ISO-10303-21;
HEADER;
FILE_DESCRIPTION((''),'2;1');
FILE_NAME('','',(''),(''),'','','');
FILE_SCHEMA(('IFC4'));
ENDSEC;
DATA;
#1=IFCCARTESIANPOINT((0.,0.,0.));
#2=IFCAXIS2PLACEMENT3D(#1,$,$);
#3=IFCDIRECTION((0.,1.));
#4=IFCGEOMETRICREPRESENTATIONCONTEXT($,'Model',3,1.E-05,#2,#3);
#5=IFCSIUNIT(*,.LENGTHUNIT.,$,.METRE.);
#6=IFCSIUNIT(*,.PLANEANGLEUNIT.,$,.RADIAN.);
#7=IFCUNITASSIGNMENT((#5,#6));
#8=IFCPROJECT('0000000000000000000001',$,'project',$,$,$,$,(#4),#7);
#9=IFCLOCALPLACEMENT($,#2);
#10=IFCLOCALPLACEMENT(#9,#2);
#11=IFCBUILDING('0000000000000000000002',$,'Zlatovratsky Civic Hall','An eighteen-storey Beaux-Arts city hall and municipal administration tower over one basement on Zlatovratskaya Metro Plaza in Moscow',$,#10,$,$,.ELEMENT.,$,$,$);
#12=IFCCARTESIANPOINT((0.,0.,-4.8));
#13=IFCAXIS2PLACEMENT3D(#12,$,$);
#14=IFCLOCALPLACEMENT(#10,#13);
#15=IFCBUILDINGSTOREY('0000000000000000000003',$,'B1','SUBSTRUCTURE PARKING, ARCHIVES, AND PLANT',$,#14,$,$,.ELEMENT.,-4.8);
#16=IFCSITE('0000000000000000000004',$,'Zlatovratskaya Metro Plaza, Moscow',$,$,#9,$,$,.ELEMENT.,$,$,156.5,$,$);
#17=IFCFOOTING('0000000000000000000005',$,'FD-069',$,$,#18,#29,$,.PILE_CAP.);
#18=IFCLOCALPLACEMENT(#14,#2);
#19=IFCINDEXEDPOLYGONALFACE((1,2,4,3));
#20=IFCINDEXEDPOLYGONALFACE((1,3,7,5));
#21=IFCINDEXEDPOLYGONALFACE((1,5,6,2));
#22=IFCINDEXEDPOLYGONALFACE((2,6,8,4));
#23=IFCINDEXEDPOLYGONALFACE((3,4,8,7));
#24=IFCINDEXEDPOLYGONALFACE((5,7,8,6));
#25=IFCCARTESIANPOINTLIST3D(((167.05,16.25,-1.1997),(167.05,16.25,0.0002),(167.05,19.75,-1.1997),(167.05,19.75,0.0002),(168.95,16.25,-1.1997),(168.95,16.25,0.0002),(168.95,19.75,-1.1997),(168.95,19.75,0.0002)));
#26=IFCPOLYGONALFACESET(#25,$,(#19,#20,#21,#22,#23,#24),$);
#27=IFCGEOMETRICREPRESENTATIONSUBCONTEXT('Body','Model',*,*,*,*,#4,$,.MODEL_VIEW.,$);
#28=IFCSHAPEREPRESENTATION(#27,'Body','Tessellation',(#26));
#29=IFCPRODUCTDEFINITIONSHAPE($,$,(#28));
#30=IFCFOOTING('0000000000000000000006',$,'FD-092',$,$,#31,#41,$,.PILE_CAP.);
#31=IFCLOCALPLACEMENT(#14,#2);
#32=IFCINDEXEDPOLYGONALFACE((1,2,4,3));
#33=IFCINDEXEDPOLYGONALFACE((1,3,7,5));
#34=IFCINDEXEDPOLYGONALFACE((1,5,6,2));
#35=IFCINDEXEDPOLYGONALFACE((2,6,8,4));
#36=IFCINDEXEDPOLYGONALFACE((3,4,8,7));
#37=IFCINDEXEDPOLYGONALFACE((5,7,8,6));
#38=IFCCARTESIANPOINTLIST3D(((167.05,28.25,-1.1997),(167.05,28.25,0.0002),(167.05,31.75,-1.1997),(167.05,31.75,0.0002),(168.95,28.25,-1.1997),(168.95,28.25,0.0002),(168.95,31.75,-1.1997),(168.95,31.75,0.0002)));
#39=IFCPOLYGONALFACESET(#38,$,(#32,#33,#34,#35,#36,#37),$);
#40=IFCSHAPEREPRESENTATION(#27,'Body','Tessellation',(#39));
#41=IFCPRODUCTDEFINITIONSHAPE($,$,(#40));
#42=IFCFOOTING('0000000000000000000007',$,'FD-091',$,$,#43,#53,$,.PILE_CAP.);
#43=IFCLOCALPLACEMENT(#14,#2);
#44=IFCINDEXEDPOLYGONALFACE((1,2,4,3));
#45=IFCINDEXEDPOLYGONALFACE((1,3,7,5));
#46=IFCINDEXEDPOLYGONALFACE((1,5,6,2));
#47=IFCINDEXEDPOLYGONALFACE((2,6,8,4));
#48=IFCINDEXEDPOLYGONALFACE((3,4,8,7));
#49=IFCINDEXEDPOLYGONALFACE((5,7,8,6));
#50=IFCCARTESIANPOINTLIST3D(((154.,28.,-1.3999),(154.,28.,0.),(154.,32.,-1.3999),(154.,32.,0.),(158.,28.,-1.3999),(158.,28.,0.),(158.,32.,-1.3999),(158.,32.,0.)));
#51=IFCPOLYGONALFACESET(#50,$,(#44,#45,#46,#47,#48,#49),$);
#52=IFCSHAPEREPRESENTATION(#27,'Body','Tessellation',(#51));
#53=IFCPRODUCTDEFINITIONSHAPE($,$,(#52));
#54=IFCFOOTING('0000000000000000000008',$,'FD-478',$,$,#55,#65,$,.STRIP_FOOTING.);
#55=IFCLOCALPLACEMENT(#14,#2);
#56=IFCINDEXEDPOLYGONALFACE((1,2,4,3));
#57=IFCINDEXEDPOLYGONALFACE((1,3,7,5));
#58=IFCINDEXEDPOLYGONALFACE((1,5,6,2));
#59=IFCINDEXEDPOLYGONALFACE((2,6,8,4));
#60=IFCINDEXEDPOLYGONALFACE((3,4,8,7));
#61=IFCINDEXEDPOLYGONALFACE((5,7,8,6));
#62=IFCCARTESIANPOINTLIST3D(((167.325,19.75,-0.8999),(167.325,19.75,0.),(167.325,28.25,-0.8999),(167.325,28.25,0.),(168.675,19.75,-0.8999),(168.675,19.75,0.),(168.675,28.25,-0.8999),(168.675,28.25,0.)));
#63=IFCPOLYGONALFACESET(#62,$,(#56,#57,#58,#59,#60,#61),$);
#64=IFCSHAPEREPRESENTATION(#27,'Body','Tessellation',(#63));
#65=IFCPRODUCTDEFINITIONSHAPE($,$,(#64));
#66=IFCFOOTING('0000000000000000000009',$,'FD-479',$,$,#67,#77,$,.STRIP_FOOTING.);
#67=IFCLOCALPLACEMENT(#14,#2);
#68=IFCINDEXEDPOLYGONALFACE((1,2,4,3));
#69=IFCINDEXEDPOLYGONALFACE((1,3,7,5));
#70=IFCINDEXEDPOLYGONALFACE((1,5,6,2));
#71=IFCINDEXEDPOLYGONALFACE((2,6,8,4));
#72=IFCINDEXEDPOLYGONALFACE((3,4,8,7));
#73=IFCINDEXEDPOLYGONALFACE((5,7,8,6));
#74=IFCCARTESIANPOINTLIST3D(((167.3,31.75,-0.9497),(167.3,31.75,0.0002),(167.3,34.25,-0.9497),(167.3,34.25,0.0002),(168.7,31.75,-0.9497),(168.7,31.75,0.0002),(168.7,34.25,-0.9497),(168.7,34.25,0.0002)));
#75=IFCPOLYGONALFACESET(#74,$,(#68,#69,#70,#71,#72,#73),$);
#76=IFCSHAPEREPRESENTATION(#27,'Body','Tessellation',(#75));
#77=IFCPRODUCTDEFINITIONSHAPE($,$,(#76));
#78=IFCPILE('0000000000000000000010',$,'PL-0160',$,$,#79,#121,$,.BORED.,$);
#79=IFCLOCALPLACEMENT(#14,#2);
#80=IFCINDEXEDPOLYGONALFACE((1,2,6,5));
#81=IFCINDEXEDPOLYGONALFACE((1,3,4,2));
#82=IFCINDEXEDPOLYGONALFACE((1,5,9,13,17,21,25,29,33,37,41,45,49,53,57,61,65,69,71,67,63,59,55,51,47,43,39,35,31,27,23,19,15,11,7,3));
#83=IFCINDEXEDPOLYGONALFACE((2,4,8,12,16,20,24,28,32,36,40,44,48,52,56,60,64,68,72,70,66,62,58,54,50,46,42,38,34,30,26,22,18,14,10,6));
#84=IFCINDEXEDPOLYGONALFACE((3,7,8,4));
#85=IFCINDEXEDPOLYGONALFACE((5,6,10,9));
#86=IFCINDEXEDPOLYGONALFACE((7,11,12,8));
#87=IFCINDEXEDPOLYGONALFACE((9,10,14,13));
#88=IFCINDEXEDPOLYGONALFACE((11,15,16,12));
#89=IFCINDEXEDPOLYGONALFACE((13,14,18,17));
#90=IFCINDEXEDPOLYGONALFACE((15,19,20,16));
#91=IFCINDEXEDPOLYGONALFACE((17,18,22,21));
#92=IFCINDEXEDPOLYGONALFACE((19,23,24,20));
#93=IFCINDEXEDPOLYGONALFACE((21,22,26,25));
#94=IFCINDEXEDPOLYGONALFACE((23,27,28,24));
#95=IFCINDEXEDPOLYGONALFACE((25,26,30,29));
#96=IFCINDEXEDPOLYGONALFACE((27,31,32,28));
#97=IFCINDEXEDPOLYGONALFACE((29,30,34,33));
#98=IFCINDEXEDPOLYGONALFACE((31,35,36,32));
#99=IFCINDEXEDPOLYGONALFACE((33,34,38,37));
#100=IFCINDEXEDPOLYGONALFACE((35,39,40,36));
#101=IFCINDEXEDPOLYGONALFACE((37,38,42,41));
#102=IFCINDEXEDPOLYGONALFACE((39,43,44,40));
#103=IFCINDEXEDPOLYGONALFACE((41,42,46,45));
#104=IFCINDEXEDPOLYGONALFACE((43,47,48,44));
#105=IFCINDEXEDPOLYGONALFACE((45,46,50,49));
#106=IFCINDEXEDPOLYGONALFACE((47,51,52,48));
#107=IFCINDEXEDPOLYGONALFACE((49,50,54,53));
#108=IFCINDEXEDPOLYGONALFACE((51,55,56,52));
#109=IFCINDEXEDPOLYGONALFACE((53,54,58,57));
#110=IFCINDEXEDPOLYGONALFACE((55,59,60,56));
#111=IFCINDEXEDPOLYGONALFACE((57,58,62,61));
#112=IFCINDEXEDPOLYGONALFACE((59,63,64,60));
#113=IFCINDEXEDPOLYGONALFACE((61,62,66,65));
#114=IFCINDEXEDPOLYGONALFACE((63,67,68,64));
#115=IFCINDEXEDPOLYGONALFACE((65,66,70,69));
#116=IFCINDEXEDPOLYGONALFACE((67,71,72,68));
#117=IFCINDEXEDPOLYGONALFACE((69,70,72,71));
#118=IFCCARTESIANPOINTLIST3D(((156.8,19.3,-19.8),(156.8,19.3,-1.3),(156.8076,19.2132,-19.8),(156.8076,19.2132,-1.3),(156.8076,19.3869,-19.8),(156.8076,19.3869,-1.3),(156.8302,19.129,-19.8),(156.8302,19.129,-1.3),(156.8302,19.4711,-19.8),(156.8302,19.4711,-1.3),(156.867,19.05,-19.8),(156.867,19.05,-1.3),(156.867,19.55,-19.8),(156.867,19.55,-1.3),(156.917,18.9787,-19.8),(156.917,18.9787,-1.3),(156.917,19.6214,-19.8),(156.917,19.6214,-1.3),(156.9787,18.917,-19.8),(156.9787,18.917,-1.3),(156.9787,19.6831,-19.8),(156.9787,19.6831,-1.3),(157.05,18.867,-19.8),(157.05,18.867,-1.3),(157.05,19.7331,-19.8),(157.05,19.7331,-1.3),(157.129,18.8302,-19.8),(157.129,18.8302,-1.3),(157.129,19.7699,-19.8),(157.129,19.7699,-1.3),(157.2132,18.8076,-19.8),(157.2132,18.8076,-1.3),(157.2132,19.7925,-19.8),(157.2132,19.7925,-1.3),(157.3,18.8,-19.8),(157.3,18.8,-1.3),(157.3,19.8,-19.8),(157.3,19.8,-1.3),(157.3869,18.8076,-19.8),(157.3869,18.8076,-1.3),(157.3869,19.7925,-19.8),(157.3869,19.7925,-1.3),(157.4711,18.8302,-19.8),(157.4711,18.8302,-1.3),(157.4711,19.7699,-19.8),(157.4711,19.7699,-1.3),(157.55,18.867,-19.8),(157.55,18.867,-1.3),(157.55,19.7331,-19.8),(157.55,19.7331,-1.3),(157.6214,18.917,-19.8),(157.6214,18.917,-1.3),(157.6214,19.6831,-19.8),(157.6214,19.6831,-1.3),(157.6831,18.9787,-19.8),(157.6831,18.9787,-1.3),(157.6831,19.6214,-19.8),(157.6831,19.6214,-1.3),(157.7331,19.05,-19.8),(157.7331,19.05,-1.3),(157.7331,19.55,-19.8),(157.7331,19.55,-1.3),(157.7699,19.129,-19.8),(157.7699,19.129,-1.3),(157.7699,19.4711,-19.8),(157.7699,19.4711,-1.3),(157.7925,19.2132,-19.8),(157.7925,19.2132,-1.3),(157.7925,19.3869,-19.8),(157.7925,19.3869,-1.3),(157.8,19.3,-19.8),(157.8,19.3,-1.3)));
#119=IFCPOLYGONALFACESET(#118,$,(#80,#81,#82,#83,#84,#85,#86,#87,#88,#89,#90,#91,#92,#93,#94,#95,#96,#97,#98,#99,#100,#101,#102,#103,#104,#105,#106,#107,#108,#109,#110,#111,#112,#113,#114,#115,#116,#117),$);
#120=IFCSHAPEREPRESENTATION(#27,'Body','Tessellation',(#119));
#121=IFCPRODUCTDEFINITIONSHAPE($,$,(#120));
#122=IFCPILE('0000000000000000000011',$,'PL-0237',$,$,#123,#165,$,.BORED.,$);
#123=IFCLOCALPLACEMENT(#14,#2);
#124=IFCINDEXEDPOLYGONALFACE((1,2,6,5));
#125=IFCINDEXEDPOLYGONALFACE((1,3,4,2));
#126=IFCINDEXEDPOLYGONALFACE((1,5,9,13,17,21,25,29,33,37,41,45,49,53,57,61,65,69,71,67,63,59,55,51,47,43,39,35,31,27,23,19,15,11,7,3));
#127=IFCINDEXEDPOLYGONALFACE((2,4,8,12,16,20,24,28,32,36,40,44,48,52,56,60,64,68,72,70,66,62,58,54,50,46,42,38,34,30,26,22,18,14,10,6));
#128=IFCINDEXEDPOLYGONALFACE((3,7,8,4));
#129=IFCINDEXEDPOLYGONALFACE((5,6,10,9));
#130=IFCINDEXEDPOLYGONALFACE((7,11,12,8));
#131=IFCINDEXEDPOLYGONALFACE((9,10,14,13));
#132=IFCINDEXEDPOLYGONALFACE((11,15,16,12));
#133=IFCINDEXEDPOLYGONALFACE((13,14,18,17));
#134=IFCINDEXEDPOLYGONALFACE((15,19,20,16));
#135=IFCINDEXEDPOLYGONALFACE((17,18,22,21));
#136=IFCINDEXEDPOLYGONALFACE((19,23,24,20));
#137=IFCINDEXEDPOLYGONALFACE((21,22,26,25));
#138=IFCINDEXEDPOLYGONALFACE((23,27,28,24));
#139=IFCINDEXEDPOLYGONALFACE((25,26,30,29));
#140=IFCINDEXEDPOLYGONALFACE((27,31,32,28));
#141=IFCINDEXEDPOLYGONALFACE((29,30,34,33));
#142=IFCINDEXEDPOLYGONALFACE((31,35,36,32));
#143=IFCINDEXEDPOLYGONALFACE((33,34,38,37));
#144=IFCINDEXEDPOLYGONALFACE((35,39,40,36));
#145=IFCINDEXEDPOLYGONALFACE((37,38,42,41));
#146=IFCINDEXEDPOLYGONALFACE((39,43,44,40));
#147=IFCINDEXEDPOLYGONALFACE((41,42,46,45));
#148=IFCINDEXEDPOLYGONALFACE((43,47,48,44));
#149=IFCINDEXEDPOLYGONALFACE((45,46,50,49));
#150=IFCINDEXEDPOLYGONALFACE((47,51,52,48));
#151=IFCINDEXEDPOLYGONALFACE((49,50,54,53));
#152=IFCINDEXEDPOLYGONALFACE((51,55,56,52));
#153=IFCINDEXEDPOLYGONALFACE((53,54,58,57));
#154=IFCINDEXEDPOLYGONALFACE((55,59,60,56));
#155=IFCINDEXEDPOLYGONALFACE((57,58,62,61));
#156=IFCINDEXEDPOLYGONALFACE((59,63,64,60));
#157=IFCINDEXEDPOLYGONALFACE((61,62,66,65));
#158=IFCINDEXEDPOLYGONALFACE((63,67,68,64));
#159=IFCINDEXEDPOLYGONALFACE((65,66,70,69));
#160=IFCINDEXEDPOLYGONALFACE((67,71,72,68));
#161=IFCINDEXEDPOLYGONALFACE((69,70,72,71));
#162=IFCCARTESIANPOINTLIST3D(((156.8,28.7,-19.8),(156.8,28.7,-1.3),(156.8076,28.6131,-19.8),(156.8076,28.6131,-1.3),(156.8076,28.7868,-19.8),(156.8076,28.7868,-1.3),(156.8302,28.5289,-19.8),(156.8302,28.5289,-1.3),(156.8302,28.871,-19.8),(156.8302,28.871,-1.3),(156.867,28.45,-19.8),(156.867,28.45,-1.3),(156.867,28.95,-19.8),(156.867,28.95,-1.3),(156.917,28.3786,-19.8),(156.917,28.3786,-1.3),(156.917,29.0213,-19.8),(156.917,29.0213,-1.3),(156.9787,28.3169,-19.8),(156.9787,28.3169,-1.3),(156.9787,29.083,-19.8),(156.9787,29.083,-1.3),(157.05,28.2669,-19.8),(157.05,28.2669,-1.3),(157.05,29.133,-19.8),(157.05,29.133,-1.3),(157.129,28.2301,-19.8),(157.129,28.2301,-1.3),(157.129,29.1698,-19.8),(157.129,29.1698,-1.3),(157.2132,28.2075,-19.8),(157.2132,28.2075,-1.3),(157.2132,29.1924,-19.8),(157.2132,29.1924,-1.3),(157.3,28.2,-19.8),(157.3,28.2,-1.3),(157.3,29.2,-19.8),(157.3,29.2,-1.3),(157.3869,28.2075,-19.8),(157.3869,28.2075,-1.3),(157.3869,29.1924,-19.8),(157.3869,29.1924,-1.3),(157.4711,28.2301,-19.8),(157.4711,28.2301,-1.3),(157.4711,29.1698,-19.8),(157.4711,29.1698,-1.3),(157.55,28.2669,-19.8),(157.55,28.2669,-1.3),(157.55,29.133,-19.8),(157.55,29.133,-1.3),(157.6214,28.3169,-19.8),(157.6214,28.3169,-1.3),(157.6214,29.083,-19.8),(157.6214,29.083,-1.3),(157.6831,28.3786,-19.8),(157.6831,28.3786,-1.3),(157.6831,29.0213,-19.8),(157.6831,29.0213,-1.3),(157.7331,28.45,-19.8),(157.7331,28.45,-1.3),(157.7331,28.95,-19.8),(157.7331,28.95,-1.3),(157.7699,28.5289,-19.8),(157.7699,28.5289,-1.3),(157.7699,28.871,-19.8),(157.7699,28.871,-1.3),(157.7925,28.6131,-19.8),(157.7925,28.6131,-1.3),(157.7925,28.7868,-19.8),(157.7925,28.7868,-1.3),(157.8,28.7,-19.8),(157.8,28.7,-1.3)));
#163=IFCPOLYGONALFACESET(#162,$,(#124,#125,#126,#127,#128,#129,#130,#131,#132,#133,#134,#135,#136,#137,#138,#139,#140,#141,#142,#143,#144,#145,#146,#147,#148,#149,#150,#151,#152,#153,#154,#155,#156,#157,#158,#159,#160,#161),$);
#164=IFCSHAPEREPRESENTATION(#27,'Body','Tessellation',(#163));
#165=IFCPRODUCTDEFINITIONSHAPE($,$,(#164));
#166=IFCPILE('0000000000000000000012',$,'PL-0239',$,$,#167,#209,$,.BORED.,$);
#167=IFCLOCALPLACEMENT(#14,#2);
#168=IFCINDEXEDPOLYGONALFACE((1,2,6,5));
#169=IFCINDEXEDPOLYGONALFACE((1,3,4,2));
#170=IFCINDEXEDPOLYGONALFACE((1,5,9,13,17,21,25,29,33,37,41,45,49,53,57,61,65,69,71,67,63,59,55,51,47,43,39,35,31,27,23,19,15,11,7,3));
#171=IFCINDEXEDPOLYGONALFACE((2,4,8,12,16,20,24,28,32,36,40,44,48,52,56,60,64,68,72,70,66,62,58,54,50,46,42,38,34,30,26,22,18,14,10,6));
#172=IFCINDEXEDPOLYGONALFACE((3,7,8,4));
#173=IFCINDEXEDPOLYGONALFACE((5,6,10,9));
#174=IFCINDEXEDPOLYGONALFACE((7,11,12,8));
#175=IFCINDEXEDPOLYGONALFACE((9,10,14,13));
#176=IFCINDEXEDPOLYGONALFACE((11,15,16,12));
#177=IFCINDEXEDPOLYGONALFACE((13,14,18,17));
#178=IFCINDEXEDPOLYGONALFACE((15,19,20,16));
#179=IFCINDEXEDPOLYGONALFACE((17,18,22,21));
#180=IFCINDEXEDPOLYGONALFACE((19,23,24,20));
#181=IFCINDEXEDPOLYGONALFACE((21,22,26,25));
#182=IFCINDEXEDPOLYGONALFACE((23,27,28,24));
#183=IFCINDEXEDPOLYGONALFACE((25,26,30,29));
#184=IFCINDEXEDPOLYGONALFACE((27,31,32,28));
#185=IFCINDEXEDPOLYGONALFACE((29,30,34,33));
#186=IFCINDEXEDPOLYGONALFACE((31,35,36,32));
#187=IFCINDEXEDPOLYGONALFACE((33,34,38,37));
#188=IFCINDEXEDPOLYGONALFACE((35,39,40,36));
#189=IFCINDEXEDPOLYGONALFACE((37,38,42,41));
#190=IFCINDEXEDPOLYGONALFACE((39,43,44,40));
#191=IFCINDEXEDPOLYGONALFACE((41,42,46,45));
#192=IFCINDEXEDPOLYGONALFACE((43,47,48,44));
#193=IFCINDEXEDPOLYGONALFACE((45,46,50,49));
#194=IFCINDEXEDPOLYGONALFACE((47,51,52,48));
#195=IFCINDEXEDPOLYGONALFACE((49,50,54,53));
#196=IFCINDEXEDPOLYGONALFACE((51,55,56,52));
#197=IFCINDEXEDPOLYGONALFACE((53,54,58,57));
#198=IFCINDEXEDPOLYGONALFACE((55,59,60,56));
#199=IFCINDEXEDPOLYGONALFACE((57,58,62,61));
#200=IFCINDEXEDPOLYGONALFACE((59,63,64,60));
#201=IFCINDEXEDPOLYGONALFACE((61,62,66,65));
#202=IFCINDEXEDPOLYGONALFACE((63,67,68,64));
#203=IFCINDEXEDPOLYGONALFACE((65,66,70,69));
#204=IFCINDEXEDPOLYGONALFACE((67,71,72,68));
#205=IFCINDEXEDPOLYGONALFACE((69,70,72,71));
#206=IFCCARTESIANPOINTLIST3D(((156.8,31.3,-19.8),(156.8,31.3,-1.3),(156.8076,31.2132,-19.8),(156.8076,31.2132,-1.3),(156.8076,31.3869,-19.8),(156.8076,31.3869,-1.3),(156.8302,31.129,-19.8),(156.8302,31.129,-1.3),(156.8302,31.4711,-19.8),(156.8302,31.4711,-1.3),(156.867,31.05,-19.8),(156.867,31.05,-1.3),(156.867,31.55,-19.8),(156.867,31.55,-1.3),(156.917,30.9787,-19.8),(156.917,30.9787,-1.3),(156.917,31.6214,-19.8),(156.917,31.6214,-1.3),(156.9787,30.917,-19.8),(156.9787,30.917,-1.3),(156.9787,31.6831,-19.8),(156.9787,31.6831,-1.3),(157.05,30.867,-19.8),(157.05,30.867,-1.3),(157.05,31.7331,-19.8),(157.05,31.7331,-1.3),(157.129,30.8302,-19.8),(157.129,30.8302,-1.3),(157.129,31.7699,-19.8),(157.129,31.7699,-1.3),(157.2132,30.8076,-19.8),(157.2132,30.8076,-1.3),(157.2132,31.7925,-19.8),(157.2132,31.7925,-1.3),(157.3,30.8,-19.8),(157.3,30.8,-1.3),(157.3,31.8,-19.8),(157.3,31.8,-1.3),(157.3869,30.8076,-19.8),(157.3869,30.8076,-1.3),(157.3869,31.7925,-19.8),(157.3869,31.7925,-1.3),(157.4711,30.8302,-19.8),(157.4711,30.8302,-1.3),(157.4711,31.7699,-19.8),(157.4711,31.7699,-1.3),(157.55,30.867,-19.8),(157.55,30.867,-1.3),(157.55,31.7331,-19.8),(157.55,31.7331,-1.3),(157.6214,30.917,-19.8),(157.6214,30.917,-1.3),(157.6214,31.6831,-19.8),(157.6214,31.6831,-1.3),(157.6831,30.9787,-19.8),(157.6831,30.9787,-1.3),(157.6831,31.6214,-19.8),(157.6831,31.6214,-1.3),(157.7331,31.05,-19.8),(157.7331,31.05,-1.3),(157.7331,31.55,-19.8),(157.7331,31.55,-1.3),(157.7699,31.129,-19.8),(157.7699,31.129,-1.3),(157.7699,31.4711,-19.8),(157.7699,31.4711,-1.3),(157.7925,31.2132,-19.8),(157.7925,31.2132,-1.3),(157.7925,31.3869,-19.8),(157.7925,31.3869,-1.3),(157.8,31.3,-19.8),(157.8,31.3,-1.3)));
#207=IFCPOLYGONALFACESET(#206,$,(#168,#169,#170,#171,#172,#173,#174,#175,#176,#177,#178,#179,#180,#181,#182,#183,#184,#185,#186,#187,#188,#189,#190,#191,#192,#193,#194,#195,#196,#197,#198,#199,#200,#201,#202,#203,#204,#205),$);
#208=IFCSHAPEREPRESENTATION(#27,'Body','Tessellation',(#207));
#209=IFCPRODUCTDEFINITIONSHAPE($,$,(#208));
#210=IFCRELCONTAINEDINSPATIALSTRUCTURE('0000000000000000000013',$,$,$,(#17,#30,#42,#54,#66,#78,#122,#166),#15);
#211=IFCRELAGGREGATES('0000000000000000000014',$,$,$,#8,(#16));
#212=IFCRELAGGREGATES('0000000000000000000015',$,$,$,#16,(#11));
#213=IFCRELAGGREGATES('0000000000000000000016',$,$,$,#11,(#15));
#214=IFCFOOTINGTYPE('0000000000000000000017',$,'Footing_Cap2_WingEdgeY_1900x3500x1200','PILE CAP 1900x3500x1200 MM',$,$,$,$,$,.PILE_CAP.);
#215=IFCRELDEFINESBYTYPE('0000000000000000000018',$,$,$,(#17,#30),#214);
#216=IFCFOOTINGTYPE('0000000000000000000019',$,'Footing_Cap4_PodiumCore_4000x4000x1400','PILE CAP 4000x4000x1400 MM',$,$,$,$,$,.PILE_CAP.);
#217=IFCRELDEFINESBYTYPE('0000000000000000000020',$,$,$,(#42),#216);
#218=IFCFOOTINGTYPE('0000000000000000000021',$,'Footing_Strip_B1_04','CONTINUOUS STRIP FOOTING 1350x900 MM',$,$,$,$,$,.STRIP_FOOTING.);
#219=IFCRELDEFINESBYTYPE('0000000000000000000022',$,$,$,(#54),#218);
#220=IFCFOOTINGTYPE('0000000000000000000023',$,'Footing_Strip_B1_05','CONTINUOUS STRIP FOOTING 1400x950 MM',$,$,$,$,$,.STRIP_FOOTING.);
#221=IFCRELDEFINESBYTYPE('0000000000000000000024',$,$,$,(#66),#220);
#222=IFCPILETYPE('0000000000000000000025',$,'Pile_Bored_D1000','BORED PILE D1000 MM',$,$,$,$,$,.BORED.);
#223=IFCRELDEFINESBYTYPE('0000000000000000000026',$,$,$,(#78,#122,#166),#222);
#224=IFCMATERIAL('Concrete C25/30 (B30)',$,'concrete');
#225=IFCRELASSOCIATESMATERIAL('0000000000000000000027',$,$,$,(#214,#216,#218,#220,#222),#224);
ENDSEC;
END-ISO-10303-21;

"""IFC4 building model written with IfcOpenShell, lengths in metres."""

from ifc_helpers import new_model, si_unit, direction, frame, origin, origin_2d, place, context, subcontext, project, spatial, rectangle, circle, extrude, material, material_profile, profile_set, type_object, element, save


model = new_model("IFC4")

# Units and contexts
model_context = context("Model", 3, precision=1e-05, world=origin(), true_north=direction((0.0, 1.0)))
body_context = subcontext(model_context, "Body", "Model", "MODEL_VIEW")
ifc_project = project(units=[si_unit("LENGTHUNIT", "METRE"), si_unit("PLANEANGLEUNIT", "RADIAN")], contexts=[model_context])

# Site, building, storey
site_placement = place(None, origin())
site = spatial("IfcSite", under=ifc_project, at=site_placement, Name="Zlatovratskaya Metro Plaza, Moscow", CompositionType="ELEMENT", RefElevation=156.5)
building_placement = place(site_placement, origin())
building = spatial("IfcBuilding", under=site, at=building_placement, Name="Zlatovratsky Civic Hall", Description="An eighteen-storey Beaux-Arts city hall and municipal administration tower over one basement on Zlatovratskaya Metro Plaza in Moscow", CompositionType="ELEMENT")
storey_placement = place(building_placement, frame((0.0, 0.0, -4.8)))
storey = spatial("IfcBuildingStorey", under=building, at=storey_placement, Name="B1", Description="SUBSTRUCTURE PARKING, ARCHIVES, AND PLANT", CompositionType="ELEMENT", Elevation=-4.8)

# Footings
ifc_material_1 = material(Name="Concrete C25/30 (B30)", Category="concrete")
footing_type_1 = type_object("IfcFootingType", Name="Footing_Cap2_WingEdgeY_1900x3500x1200", Description="PILE CAP 1900x3500x1200 MM", PredefinedType="PILE_CAP", material=ifc_material_1)
for number, where, z_axis, x_axis, name in (
    (1, (168.0, 18.0, -1.1997), (0.0, 0.0, 1.0), (1.0, 0.0, 0.0), "FD-069"),
    (2, (168.0, 30.0, -1.1997), (0.0, 0.0, 1.0), (1.0, 0.0, 0.0), "FD-092"),
):
    element("IfcFooting", number, at=place(storey_placement, frame(where, z_axis=z_axis, x_axis=x_axis)), inside=storey, type_object=footing_type_1, Name=name, PredefinedType="PILE_CAP", context=body_context, shape_type="SweptSolid", body=[
        extrude(rectangle(XDim=1.8999, YDim=3.5, at=origin_2d()), origin(), (0.0, 0.0, 1.0), 1.2),
    ])
footing_type_2 = type_object("IfcFootingType", Name="Footing_Cap4_PodiumCore_4000x4000x1400", Description="PILE CAP 4000x4000x1400 MM", PredefinedType="PILE_CAP", material=ifc_material_1)
footing_1_placement = place(storey_placement, frame((156.0, 30.0, -1.3999), z_axis=(0.0, 0.0, 1.0), x_axis=(1.0, 0.0, 0.0)))
element("IfcFooting", 3, at=footing_1_placement, inside=storey, type_object=footing_type_2, Name="FD-091", PredefinedType="PILE_CAP", context=body_context, shape_type="SweptSolid", body=[
    extrude(rectangle(XDim=4.0, YDim=4.0, at=origin_2d()), origin(), (0.0, 0.0, 1.0), 1.3999),
])
footing_type_3 = type_object("IfcFootingType", Name="Footing_Strip_B1_04", Description="CONTINUOUS STRIP FOOTING 1350x900 MM", PredefinedType="STRIP_FOOTING", material=ifc_material_1)
footing_2_placement = place(storey_placement, frame((168.0, 24.0, -0.8999), z_axis=(0.0, 0.0, 1.0), x_axis=(1.0, 0.0, 0.0)))
element("IfcFooting", 4, at=footing_2_placement, inside=storey, type_object=footing_type_3, Name="FD-478", PredefinedType="STRIP_FOOTING", context=body_context, shape_type="SweptSolid", body=[
    extrude(rectangle(XDim=1.3501, YDim=8.5, at=origin_2d()), origin(), (0.0, 0.0, 1.0), 0.8999),
])
footing_type_4 = type_object("IfcFootingType", Name="Footing_Strip_B1_05", Description="CONTINUOUS STRIP FOOTING 1400x950 MM", PredefinedType="STRIP_FOOTING", material=ifc_material_1)
footing_3_placement = place(storey_placement, frame((168.0, 33.0, -0.9497), z_axis=(0.0, 0.0, 1.0), x_axis=(1.0, 0.0, 0.0)))
element("IfcFooting", 5, at=footing_3_placement, inside=storey, type_object=footing_type_4, Name="FD-479", PredefinedType="STRIP_FOOTING", context=body_context, shape_type="SweptSolid", body=[
    extrude(rectangle(XDim=1.3999, YDim=2.5, at=origin_2d()), origin(), (0.0, 0.0, 1.0), 0.95),
])

# Piles
ifc_material_profile_1 = material_profile(ifc_material_1, circle(Radius=0.5, at=origin_2d()), Name="PILE D1000")
ifc_profile_set_1 = profile_set([ifc_material_profile_1], Name="Concrete C25/30 (B30)")
pile_type_1 = type_object("IfcPileType", Name="Pile_Bored_D1000", Description="BORED PILE D1000 MM", PredefinedType="BORED", material=ifc_profile_set_1)
for number, where, z_axis, x_axis, name in (
    (6, (157.3, 19.3, -1.3), (0.0, 0.0, -1.0), (1.0, 0.0, 0.0), "PL-0160"),
    (7, (157.3, 28.7, -1.3), (0.0, 0.0, -1.0), (1.0, 0.0, 0.0), "PL-0237"),
    (8, (157.3, 31.3, -1.3), (0.0, 0.0, -1.0), (1.0, 0.0, 0.0), "PL-0239"),
):
    element("IfcPile", number, at=place(storey_placement, frame(where, z_axis=z_axis, x_axis=x_axis)), inside=storey, type_object=pile_type_1, Name=name, PredefinedType="BORED", context=body_context, shape_type="SweptSolid", body=[
        extrude(circle(Radius=0.5, at=origin_2d()), origin(), (0.0, 0.0, 1.0), 18.5),
    ])

save(model, "model.ifc")
